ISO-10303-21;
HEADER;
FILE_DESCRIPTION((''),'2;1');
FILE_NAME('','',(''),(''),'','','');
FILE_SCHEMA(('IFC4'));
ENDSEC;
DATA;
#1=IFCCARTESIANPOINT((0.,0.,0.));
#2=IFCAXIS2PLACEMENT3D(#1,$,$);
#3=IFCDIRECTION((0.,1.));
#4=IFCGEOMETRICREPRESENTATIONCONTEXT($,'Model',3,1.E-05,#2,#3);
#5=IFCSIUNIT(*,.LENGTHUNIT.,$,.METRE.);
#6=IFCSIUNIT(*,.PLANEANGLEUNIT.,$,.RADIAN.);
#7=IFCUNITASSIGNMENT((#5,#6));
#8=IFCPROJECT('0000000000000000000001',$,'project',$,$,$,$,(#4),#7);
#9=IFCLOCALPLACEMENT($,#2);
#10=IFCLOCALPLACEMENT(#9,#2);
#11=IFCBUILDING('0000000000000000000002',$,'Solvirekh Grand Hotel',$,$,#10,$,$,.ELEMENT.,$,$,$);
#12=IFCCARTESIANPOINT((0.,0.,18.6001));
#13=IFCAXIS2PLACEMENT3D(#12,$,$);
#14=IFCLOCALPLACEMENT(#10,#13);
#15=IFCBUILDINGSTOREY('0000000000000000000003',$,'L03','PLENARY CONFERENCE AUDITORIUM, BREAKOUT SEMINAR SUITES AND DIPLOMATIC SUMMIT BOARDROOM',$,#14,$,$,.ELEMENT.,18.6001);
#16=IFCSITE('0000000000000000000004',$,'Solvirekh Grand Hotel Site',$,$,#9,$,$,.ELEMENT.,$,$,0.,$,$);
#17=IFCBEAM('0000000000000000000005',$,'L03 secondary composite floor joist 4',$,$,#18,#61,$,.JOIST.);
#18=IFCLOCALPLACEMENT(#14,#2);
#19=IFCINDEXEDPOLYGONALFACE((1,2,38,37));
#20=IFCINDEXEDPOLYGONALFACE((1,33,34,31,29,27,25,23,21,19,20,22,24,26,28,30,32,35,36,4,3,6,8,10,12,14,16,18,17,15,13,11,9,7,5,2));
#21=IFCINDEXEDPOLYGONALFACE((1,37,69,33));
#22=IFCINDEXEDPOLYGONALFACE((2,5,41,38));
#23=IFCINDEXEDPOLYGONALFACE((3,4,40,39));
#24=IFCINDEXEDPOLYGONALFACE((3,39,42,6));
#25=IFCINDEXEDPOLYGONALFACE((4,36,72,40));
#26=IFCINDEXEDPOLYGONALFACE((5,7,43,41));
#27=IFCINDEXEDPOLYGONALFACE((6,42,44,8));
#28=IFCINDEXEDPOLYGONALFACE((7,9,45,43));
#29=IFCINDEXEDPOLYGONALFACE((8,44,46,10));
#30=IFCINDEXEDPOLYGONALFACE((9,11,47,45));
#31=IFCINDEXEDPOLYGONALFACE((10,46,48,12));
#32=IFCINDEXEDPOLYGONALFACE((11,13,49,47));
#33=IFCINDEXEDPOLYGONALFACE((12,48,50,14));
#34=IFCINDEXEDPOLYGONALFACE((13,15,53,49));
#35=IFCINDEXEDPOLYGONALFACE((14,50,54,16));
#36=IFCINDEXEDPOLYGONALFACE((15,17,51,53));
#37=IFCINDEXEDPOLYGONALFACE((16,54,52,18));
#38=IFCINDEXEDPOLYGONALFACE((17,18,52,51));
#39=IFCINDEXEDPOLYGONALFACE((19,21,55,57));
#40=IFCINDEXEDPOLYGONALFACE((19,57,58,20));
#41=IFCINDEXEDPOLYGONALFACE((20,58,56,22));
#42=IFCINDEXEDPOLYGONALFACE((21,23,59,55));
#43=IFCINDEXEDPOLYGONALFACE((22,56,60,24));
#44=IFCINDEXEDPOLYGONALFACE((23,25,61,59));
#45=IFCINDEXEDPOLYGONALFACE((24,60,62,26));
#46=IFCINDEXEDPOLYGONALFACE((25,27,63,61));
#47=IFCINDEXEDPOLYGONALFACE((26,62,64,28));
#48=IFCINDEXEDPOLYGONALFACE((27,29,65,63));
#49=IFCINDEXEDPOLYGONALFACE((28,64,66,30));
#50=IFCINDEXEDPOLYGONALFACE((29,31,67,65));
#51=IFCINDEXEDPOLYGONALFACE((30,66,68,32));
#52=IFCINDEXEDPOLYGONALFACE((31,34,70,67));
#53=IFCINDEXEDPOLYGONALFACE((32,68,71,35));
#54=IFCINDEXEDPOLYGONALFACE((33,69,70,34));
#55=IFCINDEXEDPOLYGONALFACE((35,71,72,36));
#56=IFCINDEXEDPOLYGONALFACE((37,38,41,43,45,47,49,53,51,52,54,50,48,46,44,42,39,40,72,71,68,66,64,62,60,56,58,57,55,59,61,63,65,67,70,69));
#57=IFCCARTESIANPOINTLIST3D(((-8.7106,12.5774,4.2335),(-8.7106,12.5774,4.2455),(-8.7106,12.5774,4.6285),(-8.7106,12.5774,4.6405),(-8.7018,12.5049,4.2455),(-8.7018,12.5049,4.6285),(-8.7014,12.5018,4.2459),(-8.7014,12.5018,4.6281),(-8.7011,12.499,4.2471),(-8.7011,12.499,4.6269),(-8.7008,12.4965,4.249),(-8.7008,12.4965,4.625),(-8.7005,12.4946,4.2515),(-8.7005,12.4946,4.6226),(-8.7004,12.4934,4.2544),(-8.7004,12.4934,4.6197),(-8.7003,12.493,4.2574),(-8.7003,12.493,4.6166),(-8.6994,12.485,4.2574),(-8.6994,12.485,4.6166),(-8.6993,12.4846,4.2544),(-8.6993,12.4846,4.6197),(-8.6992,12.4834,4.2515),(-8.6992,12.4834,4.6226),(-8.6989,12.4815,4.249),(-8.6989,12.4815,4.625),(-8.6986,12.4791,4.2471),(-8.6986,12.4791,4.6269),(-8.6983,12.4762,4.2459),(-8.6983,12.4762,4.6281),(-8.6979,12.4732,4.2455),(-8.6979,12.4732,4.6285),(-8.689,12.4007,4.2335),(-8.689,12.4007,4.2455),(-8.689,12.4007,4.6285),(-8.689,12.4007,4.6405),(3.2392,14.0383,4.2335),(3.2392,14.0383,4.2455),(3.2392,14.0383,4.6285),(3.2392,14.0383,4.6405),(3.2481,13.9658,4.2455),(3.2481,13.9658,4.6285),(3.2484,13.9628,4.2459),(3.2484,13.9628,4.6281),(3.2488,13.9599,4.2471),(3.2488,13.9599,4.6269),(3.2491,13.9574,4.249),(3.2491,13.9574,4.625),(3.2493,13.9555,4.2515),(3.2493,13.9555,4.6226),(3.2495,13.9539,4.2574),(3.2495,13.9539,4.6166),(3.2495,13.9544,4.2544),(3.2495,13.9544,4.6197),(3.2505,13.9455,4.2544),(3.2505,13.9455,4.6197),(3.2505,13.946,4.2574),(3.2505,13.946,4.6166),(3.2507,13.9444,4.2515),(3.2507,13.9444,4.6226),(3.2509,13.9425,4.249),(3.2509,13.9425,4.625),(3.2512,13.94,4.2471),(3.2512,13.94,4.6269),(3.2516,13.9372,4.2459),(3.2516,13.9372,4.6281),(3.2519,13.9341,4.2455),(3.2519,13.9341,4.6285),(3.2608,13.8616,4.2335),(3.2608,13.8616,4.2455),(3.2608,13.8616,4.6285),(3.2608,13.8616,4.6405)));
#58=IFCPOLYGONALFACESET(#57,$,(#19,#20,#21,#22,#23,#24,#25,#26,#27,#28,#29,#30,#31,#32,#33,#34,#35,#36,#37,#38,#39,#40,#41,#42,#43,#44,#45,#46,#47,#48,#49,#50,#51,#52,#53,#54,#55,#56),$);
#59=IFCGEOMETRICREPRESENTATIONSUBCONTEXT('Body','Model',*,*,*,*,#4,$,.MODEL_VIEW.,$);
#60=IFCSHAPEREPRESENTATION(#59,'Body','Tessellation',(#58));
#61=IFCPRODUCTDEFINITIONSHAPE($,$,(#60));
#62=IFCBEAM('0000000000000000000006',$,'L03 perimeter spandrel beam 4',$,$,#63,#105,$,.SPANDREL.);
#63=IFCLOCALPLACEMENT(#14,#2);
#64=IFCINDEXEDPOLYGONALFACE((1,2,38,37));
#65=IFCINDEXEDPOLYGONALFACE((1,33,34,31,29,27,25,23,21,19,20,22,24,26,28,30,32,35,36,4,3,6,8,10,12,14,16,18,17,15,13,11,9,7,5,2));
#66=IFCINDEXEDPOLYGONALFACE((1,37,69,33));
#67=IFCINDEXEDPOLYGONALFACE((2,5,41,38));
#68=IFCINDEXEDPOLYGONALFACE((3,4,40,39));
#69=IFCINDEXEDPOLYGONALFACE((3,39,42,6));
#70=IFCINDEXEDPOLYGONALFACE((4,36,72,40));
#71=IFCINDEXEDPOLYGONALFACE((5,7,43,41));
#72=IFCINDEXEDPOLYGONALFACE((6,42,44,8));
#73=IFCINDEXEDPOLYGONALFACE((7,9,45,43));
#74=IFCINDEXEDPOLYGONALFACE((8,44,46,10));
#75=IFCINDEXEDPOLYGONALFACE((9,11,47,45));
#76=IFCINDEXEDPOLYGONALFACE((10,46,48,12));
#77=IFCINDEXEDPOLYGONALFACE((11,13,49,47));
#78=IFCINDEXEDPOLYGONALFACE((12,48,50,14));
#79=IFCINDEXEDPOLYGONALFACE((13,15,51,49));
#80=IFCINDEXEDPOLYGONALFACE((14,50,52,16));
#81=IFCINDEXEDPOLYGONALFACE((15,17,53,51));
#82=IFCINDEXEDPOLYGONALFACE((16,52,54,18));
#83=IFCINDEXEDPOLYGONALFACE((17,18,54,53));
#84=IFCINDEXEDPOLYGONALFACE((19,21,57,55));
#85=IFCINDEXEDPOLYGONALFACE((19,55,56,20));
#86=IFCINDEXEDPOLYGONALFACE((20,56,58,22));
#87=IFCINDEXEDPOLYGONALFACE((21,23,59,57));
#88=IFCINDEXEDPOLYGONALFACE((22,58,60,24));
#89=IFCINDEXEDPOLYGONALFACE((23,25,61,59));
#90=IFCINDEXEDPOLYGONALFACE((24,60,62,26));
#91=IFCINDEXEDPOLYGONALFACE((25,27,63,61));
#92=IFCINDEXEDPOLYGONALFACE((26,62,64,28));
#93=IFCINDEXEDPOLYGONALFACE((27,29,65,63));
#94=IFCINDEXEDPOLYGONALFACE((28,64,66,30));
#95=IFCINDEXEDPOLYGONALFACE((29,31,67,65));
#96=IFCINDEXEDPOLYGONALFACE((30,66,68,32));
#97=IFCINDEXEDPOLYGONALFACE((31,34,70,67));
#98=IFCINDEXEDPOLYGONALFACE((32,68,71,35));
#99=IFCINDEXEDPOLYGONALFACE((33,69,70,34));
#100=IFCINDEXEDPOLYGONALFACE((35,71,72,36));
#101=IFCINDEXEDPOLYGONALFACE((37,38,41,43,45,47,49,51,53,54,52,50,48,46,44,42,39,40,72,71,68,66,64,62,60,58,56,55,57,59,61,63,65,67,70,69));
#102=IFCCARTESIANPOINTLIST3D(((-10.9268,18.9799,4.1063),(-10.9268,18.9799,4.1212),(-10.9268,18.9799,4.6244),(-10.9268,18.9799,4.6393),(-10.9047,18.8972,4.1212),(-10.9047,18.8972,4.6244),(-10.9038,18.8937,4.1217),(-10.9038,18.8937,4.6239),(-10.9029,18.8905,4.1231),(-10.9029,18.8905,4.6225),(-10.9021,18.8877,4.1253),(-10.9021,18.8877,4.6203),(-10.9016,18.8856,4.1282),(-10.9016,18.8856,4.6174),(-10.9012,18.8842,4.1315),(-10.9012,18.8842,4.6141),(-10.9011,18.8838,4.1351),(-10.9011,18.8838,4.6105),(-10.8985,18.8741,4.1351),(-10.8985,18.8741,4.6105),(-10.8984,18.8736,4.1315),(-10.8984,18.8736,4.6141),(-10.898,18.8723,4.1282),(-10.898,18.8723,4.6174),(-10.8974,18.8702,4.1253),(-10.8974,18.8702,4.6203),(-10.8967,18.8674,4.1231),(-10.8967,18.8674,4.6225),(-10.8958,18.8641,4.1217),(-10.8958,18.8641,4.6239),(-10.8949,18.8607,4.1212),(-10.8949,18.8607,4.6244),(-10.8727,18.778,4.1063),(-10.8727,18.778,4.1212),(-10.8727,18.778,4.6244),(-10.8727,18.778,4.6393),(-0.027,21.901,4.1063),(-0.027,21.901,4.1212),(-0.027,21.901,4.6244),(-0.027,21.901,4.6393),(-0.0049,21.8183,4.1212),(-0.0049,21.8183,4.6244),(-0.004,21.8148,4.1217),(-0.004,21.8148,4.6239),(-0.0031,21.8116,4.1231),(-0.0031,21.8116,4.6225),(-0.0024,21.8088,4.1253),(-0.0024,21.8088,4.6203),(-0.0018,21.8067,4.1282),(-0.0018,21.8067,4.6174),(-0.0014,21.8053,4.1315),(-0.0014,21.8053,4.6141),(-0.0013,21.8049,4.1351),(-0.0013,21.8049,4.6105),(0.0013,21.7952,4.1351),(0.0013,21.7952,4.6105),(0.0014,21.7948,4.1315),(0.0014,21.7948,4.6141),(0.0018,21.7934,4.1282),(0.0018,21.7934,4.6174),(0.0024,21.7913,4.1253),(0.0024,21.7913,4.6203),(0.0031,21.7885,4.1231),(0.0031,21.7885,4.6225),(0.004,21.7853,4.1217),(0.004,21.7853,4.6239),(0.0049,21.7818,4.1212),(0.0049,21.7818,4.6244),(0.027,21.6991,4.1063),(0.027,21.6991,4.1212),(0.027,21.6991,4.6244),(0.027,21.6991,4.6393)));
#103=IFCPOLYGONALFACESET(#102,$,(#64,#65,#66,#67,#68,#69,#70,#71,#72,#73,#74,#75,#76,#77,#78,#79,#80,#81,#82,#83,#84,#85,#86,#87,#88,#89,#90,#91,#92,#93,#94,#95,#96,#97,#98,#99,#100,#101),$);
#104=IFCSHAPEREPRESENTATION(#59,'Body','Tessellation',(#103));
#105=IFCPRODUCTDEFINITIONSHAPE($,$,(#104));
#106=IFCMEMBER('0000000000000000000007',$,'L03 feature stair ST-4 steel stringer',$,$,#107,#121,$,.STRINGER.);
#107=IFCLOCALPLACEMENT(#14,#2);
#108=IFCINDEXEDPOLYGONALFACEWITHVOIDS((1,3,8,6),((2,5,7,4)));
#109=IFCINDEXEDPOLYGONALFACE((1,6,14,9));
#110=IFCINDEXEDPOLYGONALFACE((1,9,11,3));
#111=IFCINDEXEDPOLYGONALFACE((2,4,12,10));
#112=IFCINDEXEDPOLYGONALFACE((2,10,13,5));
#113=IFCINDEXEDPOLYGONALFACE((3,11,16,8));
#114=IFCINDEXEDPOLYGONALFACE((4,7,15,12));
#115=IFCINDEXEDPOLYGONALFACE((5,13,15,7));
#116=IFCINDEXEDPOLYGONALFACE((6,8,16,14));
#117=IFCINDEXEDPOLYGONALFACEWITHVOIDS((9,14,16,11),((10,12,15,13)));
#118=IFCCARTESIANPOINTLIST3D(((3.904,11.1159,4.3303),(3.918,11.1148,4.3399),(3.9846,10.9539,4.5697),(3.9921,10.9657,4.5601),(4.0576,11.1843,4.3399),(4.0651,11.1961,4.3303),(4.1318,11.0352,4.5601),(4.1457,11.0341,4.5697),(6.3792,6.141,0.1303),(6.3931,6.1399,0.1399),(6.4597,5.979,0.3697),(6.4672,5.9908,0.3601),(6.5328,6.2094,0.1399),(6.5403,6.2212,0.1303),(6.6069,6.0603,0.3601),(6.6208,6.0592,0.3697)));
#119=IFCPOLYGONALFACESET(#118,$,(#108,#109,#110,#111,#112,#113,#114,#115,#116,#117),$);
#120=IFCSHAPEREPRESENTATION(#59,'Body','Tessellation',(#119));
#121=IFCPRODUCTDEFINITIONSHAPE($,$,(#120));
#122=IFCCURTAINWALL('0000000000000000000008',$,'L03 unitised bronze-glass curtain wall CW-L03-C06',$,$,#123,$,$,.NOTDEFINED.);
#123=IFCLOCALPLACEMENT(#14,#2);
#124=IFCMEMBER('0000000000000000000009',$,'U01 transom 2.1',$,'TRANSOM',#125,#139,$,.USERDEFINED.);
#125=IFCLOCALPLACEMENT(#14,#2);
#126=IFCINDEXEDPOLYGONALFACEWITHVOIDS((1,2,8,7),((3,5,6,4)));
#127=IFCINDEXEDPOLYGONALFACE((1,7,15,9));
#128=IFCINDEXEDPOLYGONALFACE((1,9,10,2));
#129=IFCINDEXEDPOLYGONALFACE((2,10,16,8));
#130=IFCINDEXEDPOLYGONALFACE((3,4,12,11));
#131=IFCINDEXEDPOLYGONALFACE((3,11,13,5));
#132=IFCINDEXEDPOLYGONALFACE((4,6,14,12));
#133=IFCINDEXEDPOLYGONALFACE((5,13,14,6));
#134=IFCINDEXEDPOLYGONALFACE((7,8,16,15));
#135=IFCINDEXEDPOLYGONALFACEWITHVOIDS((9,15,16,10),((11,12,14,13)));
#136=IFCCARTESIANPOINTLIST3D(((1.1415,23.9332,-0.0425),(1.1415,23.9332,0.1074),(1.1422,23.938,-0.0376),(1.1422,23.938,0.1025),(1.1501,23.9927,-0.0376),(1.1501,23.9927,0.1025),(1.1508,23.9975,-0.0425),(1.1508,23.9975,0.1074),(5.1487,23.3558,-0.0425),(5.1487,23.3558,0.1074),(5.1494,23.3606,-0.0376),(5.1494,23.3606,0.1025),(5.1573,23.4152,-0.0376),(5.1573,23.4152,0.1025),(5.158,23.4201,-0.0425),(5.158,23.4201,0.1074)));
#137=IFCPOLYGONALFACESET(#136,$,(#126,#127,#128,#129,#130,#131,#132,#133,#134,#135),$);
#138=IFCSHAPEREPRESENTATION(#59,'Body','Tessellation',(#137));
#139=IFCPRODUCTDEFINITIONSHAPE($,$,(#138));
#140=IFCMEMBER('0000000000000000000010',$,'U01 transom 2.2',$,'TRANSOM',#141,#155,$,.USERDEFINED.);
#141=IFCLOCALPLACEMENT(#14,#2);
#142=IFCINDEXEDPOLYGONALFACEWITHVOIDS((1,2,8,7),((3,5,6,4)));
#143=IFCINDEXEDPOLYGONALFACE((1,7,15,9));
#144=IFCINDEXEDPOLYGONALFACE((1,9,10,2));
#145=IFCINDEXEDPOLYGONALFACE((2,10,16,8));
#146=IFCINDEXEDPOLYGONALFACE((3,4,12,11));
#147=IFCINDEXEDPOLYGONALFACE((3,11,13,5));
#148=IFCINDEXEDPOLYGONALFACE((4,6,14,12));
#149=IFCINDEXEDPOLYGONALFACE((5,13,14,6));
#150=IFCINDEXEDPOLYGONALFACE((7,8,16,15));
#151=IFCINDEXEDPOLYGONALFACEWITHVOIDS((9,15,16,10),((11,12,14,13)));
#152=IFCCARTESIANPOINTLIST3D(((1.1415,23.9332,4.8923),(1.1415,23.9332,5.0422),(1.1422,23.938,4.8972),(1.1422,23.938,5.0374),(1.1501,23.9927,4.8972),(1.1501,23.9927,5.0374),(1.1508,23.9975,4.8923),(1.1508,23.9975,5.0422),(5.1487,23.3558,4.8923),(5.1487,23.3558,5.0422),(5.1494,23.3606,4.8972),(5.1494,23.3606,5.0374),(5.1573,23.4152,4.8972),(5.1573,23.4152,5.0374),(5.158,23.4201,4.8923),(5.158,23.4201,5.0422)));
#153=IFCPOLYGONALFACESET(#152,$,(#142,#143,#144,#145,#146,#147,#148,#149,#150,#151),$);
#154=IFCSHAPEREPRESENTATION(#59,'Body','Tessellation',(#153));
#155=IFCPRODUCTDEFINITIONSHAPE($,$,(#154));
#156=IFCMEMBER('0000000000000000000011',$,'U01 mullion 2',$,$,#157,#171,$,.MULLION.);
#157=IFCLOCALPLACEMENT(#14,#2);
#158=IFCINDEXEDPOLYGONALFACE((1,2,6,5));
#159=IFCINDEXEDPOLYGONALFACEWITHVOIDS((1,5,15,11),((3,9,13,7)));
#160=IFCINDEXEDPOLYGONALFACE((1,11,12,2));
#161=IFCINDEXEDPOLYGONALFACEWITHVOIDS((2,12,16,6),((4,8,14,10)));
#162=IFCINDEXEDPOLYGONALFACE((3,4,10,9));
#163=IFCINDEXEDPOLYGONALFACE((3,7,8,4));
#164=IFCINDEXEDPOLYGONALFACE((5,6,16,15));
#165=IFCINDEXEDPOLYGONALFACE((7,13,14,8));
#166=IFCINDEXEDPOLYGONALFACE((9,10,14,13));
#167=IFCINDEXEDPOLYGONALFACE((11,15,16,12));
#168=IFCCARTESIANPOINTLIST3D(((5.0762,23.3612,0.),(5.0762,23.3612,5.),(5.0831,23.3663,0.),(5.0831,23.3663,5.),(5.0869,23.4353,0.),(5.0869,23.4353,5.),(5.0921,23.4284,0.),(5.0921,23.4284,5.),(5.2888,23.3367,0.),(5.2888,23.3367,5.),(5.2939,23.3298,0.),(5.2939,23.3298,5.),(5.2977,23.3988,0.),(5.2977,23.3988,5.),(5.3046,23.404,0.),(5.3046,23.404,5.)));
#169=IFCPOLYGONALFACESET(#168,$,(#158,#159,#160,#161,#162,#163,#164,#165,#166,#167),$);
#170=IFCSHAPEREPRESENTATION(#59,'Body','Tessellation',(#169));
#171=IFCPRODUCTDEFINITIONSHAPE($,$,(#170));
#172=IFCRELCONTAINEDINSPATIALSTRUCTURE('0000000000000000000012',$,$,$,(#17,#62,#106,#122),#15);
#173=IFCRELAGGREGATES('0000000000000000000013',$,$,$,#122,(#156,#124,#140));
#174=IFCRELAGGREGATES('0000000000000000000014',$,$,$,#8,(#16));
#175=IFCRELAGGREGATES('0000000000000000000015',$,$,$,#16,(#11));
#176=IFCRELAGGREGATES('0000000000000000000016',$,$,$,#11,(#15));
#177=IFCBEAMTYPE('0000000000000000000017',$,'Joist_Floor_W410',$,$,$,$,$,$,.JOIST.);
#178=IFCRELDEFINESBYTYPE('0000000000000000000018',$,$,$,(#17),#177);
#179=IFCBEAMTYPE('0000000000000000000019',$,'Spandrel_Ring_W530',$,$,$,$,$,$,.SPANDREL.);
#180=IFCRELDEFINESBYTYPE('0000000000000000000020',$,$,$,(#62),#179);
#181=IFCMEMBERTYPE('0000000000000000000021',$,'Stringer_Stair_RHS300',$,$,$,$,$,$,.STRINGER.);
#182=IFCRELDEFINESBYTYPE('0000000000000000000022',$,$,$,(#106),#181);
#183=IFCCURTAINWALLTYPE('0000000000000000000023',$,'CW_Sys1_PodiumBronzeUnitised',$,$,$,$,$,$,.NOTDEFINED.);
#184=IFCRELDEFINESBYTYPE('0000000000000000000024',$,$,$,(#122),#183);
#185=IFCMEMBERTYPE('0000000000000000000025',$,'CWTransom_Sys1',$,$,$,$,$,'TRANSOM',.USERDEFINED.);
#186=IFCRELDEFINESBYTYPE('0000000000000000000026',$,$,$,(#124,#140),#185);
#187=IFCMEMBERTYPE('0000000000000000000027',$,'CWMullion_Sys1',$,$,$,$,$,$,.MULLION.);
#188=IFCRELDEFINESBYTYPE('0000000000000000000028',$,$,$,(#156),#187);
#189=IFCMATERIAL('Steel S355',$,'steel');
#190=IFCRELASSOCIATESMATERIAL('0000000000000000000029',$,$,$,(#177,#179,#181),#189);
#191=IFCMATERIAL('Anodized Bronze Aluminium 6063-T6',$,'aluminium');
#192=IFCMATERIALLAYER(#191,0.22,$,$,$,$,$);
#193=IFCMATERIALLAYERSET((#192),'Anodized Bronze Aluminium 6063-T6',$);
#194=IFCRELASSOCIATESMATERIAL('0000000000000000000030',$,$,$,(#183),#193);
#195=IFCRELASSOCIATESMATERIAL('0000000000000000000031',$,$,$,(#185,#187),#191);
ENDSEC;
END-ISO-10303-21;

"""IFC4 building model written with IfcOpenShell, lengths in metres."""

from ifc_helpers import new_model, si_unit, direction, frame, origin, origin_2d, place, context, subcontext, project, spatial, hollow_rectangle, i_section, extrude, source, transform, mapped, material, layer, layer_set, material_profile, profile_set, type_object, element, aggregate, save


model = new_model("IFC4")

# Units and contexts
model_context = context("Model", 3, precision=1e-05, world=origin(), true_north=direction((0.0, 1.0)))
body_context = subcontext(model_context, "Body", "Model", "MODEL_VIEW")
ifc_project = project(units=[si_unit("LENGTHUNIT", "METRE"), si_unit("PLANEANGLEUNIT", "RADIAN")], contexts=[model_context])

# Site, building, storey
site_placement = place(None, origin())
site = spatial("IfcSite", under=ifc_project, at=site_placement, Name="Solvirekh Grand Hotel Site", CompositionType="ELEMENT", RefElevation=0.0)
building_placement = place(site_placement, origin())
building = spatial("IfcBuilding", under=site, at=building_placement, Name="Solvirekh Grand Hotel", CompositionType="ELEMENT")
storey_placement = place(building_placement, frame((0.0, 0.0, 18.6001)))
storey = spatial("IfcBuildingStorey", under=building, at=storey_placement, Name="L03", Description="PLENARY CONFERENCE AUDITORIUM, BREAKOUT SEMINAR SUITES AND DIPLOMATIC SUMMIT BOARDROOM", CompositionType="ELEMENT", Elevation=18.6001)

# Shared definitions
ifc_material_1 = material(Name="Steel S355", Category="steel")

# Beams
ifc_material_profile_1 = material_profile(ifc_material_1, i_section(OverallWidth=0.178, OverallDepth=0.407, WebThickness=0.0081, FlangeThickness=0.012, FilletRadius=0.012, at=origin_2d()), Name="W410X60")
ifc_profile_set_1 = profile_set([ifc_material_profile_1], Name="Steel S355")
beam_type_1 = type_object("IfcBeamType", Name="Joist_Floor_W410", PredefinedType="JOIST", material=ifc_profile_set_1)
beam_1_placement = place(storey_placement, frame((3.25, 13.95, 4.437), z_axis=(-0.99261, -0.121351, 0.0), x_axis=(0.121351, -0.99261, 0.0)))
element("IfcBeam", 1, at=beam_1_placement, inside=storey, type_object=beam_type_1, Name="L03 secondary composite floor joist 4", PredefinedType="JOIST", context=body_context, shape_type="SweptSolid", body=[
    extrude(i_section(OverallWidth=0.178, OverallDepth=0.407, WebThickness=0.0081, FlangeThickness=0.012, FilletRadius=0.012, at=origin_2d()), origin(), (0.0, 0.0, 1.0), 12.0388),
])
ifc_material_profile_2 = material_profile(ifc_material_1, i_section(OverallWidth=0.209, OverallDepth=0.533, WebThickness=0.01, FlangeThickness=0.0149, FilletRadius=0.0139, at=origin_2d()), Name="W530X92")
ifc_profile_set_2 = profile_set([ifc_material_profile_2], Name="Steel S355")
beam_type_2 = type_object("IfcBeamType", Name="Spandrel_Ring_W530", PredefinedType="SPANDREL", material=ifc_profile_set_2)
beam_2_placement = place(storey_placement, frame((0.0, 21.8, 4.3728), z_axis=(-0.965914, -0.258862, 0.0), x_axis=(0.258862, -0.965914, 0.0)))
element("IfcBeam", 2, at=beam_2_placement, inside=storey, type_object=beam_type_2, Name="L03 perimeter spandrel beam 4", PredefinedType="SPANDREL", context=body_context, shape_type="SweptSolid", body=[
    extrude(i_section(OverallWidth=0.209, OverallDepth=0.533, WebThickness=0.01, FlangeThickness=0.0149, FilletRadius=0.0139, at=origin_2d()), origin(), (0.0, 0.0, 1.0), 11.2844),
])

# Member
ifc_material_profile_3 = material_profile(ifc_material_1, hollow_rectangle(XDim=0.1799, YDim=0.3, WallThickness=0.012, at=origin_2d()), Name="RHS 300X180X12")
ifc_profile_set_3 = profile_set([ifc_material_profile_3], Name="Steel S355")
member_type_1 = type_object("IfcMemberType", Name="Stringer_Stair_RHS300", PredefinedType="STRINGER", material=ifc_profile_set_3)
member_1_placement = place(storey_placement, frame((6.5, 6.1001, 0.25), z_axis=(-0.355349, 0.714238, 0.602985), x_axis=(-0.895313, -0.445438, 0.0)))
element("IfcMember", 3, at=member_1_placement, inside=storey, type_object=member_type_1, Name="L03 feature stair ST-4 steel stringer", PredefinedType="STRINGER", context=body_context, shape_type="SweptSolid", body=[
    extrude(hollow_rectangle(XDim=0.1799, YDim=0.3, WallThickness=0.012, at=origin_2d()), origin(), (0.0, 0.0, 1.0), 6.9653),
])

# Curtain wall, members
ifc_material_2 = material(Name="Anodized Bronze Aluminium 6063-T6", Category="aluminium")
ifc_layer_1 = layer(ifc_material_2, 0.22)
ifc_layer_set_1 = layer_set([ifc_layer_1], Name="Anodized Bronze Aluminium 6063-T6")
curtain_wall_type = type_object("IfcCurtainWallType", Name="CW_Sys1_PodiumBronzeUnitised", PredefinedType="NOTDEFINED", material=ifc_layer_set_1)
curtain_wall_placement = place(storey_placement, origin())
curtain_wall = element("IfcCurtainWall", 4, at=curtain_wall_placement, inside=storey, type_object=curtain_wall_type, Name="L03 unitised bronze-glass curtain wall CW-L03-C06", PredefinedType="NOTDEFINED")
ifc_material_profile_4 = material_profile(ifc_material_2, hollow_rectangle(XDim=0.0649, YDim=0.1499, WallThickness=0.0049, at=origin_2d()), Name="ALU RHS 150X65X5")
ifc_profile_set_4 = profile_set([ifc_material_profile_4], Name="Anodized Bronze Aluminium 6063-T6")
member_type_2 = type_object("IfcMemberType", Name="CWTransom_Sys1", ElementType="TRANSOM", PredefinedType="USERDEFINED", material=ifc_profile_set_4)
shared_shape_1 = source(origin(), body_context, "Body", "SweptSolid", [
    extrude(hollow_rectangle(XDim=0.0649, YDim=0.1499, WallThickness=0.0049, at=origin_2d()), origin(), (0.0, 0.0, 1.0), 4.0486),
])
member_2_placement = place(storey_placement, frame((5.1533, 23.3879, 0.0325), z_axis=(-0.989778, 0.14262, 0.0), x_axis=(-0.14262, -0.989778, 0.0)))
member_2 = element("IfcMember", 5, at=member_2_placement, type_object=member_type_2, Name="U01 transom 2.1", ObjectType="TRANSOM", PredefinedType="USERDEFINED", context=body_context, shape_type="MappedRepresentation", body=[
    mapped(shared_shape_1, transform((0.0, 0.0, 0.0), x_axis=(1.0, 0.0, 0.0), y_axis=(0.0, 1.0, 0.0), z_axis=(0.0, 0.0, 1.0), scale=1.0)),
])
member_3_placement = place(storey_placement, frame((5.1533, 23.3879, 4.9673), z_axis=(-0.989778, 0.14262, 0.0), x_axis=(-0.14262, -0.989778, 0.0)))
member_3 = element("IfcMember", 6, at=member_3_placement, type_object=member_type_2, Name="U01 transom 2.2", ObjectType="TRANSOM", PredefinedType="USERDEFINED", context=body_context, shape_type="MappedRepresentation", body=[
    mapped(shared_shape_1, transform((0.0, 0.0, 0.0), x_axis=(1.0, 0.0, 0.0), y_axis=(0.0, 1.0, 0.0), z_axis=(0.0, 0.0, 1.0), scale=1.0)),
])
ifc_material_profile_5 = material_profile(ifc_material_2, hollow_rectangle(XDim=0.075, YDim=0.22, WallThickness=0.0061, at=origin_2d()), Name="ALU RHS 220X75X6")
ifc_profile_set_5 = profile_set([ifc_material_profile_5], Name="Anodized Bronze Aluminium 6063-T6")
member_type_3 = type_object("IfcMemberType", Name="CWMullion_Sys1", PredefinedType="MULLION", material=ifc_profile_set_5)
shared_shape_2 = source(origin(), body_context, "Body", "SweptSolid", [
    extrude(hollow_rectangle(XDim=0.075, YDim=0.22, WallThickness=0.0061, at=origin_2d()), origin(), (0.0, 0.0, 1.0), 5.0),
])
member_4_placement = place(storey_placement, frame((5.1904, 23.3826, 0.0), z_axis=(0.0, 0.0, 1.0), x_axis=(-0.142632, -0.989776, 0.0)))
member_4 = element("IfcMember", 7, at=member_4_placement, type_object=member_type_3, Name="U01 mullion 2", PredefinedType="MULLION", context=body_context, shape_type="MappedRepresentation", body=[
    mapped(shared_shape_2, transform((0.0, 0.0, 0.0), x_axis=(1.0, 0.0, 0.0), y_axis=(0.0, 1.0, 0.0), z_axis=(0.0, 0.0, 1.0), scale=1.0)),
])

aggregate(curtain_wall, [member_4, member_2, member_3])

save(model, "model.ifc")
